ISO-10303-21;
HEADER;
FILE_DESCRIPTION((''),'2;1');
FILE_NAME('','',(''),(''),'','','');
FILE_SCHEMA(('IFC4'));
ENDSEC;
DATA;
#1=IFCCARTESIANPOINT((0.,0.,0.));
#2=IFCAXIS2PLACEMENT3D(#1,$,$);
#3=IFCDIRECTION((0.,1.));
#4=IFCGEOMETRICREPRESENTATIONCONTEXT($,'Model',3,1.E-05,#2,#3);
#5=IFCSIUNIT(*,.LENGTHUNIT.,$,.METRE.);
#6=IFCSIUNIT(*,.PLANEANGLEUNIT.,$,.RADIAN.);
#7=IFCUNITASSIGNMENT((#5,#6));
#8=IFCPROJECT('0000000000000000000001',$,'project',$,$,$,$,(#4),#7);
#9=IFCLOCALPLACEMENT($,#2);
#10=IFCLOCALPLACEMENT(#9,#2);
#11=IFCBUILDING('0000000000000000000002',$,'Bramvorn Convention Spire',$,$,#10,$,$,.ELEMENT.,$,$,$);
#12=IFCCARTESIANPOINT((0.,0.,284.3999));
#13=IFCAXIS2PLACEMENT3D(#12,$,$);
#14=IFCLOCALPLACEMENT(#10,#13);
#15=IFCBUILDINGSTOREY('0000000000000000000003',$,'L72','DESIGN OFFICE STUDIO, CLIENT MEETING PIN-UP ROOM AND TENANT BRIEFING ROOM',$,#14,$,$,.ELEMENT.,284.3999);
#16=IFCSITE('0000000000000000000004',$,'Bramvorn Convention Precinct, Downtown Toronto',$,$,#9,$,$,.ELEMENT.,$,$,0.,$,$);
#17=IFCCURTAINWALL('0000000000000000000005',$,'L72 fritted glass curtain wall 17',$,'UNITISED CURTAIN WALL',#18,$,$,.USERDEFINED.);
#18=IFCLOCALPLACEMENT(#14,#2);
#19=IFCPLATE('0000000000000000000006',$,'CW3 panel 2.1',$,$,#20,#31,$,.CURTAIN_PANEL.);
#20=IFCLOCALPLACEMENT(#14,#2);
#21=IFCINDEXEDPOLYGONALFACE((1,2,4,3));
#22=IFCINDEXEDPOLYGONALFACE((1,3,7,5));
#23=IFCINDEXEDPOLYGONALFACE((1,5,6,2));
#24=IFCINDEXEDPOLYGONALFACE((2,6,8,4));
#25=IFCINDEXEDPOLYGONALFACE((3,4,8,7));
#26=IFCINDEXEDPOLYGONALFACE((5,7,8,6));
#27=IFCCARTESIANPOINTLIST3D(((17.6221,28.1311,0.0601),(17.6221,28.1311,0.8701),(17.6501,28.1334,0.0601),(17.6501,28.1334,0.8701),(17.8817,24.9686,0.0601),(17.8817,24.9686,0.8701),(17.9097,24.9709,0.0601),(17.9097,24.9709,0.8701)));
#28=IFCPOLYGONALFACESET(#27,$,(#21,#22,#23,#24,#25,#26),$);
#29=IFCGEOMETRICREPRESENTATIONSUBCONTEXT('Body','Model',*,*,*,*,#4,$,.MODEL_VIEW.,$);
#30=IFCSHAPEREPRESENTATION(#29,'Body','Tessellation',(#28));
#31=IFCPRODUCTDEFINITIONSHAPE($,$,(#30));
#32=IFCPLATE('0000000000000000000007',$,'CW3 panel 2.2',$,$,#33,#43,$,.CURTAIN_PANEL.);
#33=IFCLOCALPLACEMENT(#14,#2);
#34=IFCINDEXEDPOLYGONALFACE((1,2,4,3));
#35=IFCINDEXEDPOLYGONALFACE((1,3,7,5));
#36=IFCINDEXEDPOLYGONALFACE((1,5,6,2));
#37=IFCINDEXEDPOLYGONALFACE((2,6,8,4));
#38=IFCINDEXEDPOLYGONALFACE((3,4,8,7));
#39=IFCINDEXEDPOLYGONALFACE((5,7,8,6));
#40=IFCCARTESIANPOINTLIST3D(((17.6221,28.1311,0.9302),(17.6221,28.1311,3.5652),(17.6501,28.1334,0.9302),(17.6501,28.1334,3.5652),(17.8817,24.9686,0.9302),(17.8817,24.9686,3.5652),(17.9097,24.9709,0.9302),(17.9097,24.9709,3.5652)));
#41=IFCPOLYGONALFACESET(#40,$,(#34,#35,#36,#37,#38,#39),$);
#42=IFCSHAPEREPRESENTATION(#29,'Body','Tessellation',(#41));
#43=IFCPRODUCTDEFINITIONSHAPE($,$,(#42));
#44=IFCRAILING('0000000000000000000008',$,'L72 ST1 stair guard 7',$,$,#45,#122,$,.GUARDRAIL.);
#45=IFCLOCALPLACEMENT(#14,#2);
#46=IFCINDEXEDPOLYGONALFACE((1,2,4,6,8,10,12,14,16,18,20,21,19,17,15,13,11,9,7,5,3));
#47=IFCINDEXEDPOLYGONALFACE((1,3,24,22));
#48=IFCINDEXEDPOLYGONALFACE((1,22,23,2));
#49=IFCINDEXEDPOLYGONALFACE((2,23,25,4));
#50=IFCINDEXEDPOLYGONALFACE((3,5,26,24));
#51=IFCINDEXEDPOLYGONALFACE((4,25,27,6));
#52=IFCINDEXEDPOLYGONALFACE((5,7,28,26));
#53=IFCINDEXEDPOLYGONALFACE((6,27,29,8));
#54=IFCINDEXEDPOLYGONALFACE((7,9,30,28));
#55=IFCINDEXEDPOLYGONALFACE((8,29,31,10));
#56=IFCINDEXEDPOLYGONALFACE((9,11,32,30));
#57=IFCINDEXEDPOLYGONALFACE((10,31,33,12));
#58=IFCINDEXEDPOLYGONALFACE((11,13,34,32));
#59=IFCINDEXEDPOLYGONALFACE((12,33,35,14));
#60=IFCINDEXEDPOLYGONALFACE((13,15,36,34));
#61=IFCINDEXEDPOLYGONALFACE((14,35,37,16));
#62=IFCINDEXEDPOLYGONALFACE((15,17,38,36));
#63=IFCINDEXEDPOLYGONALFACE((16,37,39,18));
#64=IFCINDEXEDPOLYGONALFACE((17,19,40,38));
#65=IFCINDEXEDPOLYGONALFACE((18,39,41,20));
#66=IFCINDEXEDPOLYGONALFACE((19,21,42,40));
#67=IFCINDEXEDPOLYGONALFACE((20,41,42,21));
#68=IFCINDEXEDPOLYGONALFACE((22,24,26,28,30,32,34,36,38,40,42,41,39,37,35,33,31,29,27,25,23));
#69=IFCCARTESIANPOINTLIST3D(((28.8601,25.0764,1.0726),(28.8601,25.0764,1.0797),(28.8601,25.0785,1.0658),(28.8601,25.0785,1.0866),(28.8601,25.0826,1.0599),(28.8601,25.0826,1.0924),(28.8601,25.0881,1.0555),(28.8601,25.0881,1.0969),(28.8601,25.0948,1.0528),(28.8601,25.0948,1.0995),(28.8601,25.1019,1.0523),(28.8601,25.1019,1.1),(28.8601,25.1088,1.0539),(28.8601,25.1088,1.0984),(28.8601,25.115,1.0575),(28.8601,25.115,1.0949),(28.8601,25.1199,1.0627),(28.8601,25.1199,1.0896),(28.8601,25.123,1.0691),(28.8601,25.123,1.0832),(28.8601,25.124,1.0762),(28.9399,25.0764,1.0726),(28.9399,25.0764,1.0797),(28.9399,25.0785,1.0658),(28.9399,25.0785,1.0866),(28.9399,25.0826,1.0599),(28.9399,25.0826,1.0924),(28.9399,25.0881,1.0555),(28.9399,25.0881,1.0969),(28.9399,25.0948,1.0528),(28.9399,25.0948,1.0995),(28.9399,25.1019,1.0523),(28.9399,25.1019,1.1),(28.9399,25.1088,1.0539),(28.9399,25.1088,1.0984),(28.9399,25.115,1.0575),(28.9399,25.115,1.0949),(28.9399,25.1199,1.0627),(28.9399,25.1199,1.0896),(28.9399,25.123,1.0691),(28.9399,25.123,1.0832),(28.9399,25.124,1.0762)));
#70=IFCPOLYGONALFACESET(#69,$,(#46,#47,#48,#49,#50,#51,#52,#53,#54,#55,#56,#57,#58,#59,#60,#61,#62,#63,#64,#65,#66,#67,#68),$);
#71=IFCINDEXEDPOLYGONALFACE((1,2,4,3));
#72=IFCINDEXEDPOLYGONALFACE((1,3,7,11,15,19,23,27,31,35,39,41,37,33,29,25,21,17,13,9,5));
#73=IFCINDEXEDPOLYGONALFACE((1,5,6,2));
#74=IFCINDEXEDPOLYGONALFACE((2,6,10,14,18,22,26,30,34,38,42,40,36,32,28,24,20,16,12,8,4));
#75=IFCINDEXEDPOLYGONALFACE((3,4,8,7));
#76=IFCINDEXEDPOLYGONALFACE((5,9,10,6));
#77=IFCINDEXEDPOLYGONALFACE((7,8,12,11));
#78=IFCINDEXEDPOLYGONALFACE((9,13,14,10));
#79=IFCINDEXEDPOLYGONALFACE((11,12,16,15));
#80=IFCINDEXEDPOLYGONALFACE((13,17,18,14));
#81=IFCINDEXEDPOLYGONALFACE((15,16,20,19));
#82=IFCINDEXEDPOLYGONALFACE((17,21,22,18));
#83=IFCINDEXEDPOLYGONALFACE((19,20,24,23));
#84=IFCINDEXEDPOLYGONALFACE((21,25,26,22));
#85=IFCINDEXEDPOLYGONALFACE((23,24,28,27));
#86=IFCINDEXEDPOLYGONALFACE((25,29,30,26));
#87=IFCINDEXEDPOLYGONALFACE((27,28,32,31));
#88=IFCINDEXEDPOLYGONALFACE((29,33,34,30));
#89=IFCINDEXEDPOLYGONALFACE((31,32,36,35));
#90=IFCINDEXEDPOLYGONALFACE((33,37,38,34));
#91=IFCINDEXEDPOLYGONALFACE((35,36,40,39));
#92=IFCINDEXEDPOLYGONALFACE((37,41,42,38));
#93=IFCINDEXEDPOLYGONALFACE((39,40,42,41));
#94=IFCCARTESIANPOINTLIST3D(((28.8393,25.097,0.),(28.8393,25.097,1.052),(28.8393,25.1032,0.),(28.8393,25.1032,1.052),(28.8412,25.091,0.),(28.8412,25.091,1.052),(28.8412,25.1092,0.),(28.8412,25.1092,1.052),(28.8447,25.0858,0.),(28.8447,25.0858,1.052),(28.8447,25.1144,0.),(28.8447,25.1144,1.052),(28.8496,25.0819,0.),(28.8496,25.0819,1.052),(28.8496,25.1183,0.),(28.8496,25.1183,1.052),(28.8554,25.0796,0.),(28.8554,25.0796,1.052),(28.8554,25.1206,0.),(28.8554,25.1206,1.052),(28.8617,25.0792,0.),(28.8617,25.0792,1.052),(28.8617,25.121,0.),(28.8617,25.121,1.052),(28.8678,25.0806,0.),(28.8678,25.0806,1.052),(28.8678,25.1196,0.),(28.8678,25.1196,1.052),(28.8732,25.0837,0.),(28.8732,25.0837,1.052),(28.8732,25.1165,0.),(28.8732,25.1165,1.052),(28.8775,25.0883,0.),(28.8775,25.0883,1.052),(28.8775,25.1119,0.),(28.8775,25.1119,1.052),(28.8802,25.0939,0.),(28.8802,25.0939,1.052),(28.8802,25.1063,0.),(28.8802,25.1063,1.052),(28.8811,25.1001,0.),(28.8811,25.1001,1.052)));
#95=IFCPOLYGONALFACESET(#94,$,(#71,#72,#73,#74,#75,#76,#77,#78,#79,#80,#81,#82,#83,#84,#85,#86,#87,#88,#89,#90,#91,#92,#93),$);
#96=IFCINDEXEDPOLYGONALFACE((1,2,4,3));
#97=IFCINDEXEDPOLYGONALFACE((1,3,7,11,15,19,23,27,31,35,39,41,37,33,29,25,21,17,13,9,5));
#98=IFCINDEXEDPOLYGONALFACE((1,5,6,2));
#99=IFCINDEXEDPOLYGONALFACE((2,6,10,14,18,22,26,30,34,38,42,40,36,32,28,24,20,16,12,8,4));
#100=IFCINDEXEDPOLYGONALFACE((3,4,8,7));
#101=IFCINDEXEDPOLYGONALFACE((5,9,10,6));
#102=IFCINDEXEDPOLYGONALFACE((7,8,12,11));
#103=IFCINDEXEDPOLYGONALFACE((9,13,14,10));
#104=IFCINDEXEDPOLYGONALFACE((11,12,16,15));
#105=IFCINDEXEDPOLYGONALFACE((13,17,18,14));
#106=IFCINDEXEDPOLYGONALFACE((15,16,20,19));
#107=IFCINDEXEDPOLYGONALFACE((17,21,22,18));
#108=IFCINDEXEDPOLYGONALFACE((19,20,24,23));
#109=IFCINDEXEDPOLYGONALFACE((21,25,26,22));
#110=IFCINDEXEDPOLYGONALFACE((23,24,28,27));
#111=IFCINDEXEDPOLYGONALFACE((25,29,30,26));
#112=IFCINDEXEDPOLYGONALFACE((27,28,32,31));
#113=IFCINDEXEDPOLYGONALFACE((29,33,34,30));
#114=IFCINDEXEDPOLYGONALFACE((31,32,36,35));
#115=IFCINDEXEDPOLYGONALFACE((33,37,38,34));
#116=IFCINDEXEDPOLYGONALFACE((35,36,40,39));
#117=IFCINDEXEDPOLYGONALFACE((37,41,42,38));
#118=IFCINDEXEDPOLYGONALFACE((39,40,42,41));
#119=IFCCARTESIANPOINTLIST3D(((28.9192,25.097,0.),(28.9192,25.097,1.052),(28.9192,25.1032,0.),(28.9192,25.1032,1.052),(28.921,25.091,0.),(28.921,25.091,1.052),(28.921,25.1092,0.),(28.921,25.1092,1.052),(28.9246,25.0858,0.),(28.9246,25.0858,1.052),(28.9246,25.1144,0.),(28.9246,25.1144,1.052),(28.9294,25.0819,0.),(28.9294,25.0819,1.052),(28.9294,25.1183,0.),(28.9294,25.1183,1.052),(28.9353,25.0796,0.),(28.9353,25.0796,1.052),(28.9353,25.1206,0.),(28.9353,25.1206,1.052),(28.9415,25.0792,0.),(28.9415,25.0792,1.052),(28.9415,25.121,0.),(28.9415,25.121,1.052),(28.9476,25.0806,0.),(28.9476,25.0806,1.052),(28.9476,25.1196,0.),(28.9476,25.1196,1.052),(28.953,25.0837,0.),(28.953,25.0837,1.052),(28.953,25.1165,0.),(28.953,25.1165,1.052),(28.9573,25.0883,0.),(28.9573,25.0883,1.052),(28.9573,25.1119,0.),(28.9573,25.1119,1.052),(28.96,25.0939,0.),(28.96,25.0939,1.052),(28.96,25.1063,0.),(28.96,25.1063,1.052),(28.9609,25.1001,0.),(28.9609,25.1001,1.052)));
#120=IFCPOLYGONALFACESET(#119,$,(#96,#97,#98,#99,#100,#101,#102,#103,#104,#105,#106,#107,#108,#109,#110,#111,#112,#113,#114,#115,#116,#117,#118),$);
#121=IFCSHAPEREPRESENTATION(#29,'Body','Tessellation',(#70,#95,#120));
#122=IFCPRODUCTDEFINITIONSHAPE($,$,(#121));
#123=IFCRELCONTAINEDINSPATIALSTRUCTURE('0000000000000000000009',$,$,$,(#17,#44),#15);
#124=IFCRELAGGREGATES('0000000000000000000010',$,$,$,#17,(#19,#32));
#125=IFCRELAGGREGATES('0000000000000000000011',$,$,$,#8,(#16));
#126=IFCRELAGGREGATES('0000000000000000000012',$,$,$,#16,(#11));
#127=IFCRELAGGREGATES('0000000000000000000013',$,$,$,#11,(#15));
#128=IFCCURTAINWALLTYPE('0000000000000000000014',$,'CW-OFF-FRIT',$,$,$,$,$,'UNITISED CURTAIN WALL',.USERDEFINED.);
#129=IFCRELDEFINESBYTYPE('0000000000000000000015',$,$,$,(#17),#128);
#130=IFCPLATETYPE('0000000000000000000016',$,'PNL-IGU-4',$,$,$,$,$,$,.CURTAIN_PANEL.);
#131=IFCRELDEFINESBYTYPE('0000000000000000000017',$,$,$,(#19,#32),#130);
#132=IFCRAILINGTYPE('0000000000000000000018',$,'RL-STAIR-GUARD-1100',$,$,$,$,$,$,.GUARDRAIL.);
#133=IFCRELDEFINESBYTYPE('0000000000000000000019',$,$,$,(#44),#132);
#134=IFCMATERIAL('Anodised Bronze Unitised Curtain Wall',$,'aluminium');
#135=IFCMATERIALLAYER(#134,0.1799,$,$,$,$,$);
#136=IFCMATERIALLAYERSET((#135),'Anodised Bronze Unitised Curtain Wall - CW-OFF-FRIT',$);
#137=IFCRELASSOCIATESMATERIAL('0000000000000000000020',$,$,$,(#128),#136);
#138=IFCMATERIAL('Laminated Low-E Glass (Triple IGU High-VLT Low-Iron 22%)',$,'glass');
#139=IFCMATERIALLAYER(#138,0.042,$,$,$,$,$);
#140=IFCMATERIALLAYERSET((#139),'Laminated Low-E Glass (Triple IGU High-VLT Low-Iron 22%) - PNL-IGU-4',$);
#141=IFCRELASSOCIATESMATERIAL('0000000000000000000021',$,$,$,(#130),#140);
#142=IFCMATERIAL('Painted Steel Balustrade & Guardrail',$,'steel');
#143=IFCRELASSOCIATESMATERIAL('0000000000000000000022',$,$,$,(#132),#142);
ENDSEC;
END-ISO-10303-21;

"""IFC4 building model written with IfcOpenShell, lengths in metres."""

from ifc_helpers import new_model, si_unit, direction, frame, origin, origin_2d, place, context, subcontext, project, spatial, rectangle, circle, extrude, material, layer, layer_set, type_object, element, aggregate, save


model = new_model("IFC4")

# Units and contexts
model_context = context("Model", 3, precision=1e-05, world=origin(), true_north=direction((0.0, 1.0)))
body_context = subcontext(model_context, "Body", "Model", "MODEL_VIEW")
ifc_project = project(units=[si_unit("LENGTHUNIT", "METRE"), si_unit("PLANEANGLEUNIT", "RADIAN")], contexts=[model_context])

# Site, building, storey
site_placement = place(None, origin())
site = spatial("IfcSite", under=ifc_project, at=site_placement, Name="Bramvorn Convention Precinct, Downtown Toronto", CompositionType="ELEMENT", RefElevation=0.0)
building_placement = place(site_placement, origin())
building = spatial("IfcBuilding", under=site, at=building_placement, Name="Bramvorn Convention Spire", CompositionType="ELEMENT")
storey_placement = place(building_placement, frame((0.0, 0.0, 284.3999)))
storey = spatial("IfcBuildingStorey", under=building, at=storey_placement, Name="L72", Description="DESIGN OFFICE STUDIO, CLIENT MEETING PIN-UP ROOM AND TENANT BRIEFING ROOM", CompositionType="ELEMENT", Elevation=284.3999)

# Curtain wall
ifc_material_1 = material(Name="Anodised Bronze Unitised Curtain Wall", Category="aluminium")
ifc_layer_1 = layer(ifc_material_1, 0.1799)
ifc_layer_set_1 = layer_set([ifc_layer_1], Name="Anodised Bronze Unitised Curtain Wall - CW-OFF-FRIT")
curtain_wall_type = type_object("IfcCurtainWallType", Name="CW-OFF-FRIT", ElementType="UNITISED CURTAIN WALL", PredefinedType="USERDEFINED", material=ifc_layer_set_1)
curtain_wall_1_placement = place(storey_placement, origin())
curtain_wall_1 = element("IfcCurtainWall", 1, at=curtain_wall_1_placement, inside=storey, type_object=curtain_wall_type, Name="L72 fritted glass curtain wall 17", ObjectType="UNITISED CURTAIN WALL", PredefinedType="USERDEFINED")

# Plates
ifc_material_2 = material(Name="Laminated Low-E Glass (Triple IGU High-VLT Low-Iron 22%)", Category="glass")
ifc_layer_2 = layer(ifc_material_2, 0.042)
ifc_layer_set_2 = layer_set([ifc_layer_2], Name="Laminated Low-E Glass (Triple IGU High-VLT Low-Iron 22%) - PNL-IGU-4")
plate_type = type_object("IfcPlateType", Name="PNL-IGU-4", PredefinedType="CURTAIN_PANEL", material=ifc_layer_set_2)
plate_1_placement = place(storey_placement, frame((17.7659, 26.551, 0.0601), z_axis=(0.0, 0.0, 1.0), x_axis=(-0.081809, 0.996648, 0.0)))
plate_1 = element("IfcPlate", 2, at=plate_1_placement, type_object=plate_type, Name="CW3 panel 2.1", PredefinedType="CURTAIN_PANEL", context=body_context, shape_type="SweptSolid", body=[
    extrude(rectangle(XDim=3.1731, YDim=0.0281, at=origin_2d()), origin(), (0.0, 0.0, 1.0), 0.8101),
])
plate_2_placement = place(storey_placement, frame((17.7659, 26.551, 0.9302), z_axis=(0.0, 0.0, 1.0), x_axis=(-0.081809, 0.996648, 0.0)))
plate_2 = element("IfcPlate", 3, at=plate_2_placement, type_object=plate_type, Name="CW3 panel 2.2", PredefinedType="CURTAIN_PANEL", context=body_context, shape_type="SweptSolid", body=[
    extrude(rectangle(XDim=3.1731, YDim=0.0281, at=origin_2d()), origin(), (0.0, 0.0, 1.0), 2.635),
])
aggregate(curtain_wall_1, [plate_1, plate_2])

# Railing
ifc_material_3 = material(Name="Painted Steel Balustrade & Guardrail", Category="steel")
railing_type = type_object("IfcRailingType", Name="RL-STAIR-GUARD-1100", PredefinedType="GUARDRAIL", material=ifc_material_3)
railing_1_placement = place(storey_placement, frame((28.8601, 25.1001, 0.0)))
element("IfcRailing", 4, at=railing_1_placement, inside=storey, type_object=railing_type, Name="L72 ST1 stair guard 7", PredefinedType="GUARDRAIL", context=body_context, shape_type="SweptSolid", body=[
    extrude(circle(Radius=0.0239, at=origin_2d()), frame((0.0, 0.0, 1.0762), z_axis=(1.0, 0.0, 0.0), x_axis=(0.0, 1.0, 0.0)), (0.0, 0.0, 1.0), 0.0798),
    extrude(circle(Radius=0.021, at=origin_2d()), origin(), (0.0, 0.0, 1.0), 1.052),
    extrude(circle(Radius=0.021, at=origin_2d()), frame((0.0798, 0.0, 0.0)), (0.0, 0.0, 1.0), 1.052),
])

save(model, "model.ifc")
